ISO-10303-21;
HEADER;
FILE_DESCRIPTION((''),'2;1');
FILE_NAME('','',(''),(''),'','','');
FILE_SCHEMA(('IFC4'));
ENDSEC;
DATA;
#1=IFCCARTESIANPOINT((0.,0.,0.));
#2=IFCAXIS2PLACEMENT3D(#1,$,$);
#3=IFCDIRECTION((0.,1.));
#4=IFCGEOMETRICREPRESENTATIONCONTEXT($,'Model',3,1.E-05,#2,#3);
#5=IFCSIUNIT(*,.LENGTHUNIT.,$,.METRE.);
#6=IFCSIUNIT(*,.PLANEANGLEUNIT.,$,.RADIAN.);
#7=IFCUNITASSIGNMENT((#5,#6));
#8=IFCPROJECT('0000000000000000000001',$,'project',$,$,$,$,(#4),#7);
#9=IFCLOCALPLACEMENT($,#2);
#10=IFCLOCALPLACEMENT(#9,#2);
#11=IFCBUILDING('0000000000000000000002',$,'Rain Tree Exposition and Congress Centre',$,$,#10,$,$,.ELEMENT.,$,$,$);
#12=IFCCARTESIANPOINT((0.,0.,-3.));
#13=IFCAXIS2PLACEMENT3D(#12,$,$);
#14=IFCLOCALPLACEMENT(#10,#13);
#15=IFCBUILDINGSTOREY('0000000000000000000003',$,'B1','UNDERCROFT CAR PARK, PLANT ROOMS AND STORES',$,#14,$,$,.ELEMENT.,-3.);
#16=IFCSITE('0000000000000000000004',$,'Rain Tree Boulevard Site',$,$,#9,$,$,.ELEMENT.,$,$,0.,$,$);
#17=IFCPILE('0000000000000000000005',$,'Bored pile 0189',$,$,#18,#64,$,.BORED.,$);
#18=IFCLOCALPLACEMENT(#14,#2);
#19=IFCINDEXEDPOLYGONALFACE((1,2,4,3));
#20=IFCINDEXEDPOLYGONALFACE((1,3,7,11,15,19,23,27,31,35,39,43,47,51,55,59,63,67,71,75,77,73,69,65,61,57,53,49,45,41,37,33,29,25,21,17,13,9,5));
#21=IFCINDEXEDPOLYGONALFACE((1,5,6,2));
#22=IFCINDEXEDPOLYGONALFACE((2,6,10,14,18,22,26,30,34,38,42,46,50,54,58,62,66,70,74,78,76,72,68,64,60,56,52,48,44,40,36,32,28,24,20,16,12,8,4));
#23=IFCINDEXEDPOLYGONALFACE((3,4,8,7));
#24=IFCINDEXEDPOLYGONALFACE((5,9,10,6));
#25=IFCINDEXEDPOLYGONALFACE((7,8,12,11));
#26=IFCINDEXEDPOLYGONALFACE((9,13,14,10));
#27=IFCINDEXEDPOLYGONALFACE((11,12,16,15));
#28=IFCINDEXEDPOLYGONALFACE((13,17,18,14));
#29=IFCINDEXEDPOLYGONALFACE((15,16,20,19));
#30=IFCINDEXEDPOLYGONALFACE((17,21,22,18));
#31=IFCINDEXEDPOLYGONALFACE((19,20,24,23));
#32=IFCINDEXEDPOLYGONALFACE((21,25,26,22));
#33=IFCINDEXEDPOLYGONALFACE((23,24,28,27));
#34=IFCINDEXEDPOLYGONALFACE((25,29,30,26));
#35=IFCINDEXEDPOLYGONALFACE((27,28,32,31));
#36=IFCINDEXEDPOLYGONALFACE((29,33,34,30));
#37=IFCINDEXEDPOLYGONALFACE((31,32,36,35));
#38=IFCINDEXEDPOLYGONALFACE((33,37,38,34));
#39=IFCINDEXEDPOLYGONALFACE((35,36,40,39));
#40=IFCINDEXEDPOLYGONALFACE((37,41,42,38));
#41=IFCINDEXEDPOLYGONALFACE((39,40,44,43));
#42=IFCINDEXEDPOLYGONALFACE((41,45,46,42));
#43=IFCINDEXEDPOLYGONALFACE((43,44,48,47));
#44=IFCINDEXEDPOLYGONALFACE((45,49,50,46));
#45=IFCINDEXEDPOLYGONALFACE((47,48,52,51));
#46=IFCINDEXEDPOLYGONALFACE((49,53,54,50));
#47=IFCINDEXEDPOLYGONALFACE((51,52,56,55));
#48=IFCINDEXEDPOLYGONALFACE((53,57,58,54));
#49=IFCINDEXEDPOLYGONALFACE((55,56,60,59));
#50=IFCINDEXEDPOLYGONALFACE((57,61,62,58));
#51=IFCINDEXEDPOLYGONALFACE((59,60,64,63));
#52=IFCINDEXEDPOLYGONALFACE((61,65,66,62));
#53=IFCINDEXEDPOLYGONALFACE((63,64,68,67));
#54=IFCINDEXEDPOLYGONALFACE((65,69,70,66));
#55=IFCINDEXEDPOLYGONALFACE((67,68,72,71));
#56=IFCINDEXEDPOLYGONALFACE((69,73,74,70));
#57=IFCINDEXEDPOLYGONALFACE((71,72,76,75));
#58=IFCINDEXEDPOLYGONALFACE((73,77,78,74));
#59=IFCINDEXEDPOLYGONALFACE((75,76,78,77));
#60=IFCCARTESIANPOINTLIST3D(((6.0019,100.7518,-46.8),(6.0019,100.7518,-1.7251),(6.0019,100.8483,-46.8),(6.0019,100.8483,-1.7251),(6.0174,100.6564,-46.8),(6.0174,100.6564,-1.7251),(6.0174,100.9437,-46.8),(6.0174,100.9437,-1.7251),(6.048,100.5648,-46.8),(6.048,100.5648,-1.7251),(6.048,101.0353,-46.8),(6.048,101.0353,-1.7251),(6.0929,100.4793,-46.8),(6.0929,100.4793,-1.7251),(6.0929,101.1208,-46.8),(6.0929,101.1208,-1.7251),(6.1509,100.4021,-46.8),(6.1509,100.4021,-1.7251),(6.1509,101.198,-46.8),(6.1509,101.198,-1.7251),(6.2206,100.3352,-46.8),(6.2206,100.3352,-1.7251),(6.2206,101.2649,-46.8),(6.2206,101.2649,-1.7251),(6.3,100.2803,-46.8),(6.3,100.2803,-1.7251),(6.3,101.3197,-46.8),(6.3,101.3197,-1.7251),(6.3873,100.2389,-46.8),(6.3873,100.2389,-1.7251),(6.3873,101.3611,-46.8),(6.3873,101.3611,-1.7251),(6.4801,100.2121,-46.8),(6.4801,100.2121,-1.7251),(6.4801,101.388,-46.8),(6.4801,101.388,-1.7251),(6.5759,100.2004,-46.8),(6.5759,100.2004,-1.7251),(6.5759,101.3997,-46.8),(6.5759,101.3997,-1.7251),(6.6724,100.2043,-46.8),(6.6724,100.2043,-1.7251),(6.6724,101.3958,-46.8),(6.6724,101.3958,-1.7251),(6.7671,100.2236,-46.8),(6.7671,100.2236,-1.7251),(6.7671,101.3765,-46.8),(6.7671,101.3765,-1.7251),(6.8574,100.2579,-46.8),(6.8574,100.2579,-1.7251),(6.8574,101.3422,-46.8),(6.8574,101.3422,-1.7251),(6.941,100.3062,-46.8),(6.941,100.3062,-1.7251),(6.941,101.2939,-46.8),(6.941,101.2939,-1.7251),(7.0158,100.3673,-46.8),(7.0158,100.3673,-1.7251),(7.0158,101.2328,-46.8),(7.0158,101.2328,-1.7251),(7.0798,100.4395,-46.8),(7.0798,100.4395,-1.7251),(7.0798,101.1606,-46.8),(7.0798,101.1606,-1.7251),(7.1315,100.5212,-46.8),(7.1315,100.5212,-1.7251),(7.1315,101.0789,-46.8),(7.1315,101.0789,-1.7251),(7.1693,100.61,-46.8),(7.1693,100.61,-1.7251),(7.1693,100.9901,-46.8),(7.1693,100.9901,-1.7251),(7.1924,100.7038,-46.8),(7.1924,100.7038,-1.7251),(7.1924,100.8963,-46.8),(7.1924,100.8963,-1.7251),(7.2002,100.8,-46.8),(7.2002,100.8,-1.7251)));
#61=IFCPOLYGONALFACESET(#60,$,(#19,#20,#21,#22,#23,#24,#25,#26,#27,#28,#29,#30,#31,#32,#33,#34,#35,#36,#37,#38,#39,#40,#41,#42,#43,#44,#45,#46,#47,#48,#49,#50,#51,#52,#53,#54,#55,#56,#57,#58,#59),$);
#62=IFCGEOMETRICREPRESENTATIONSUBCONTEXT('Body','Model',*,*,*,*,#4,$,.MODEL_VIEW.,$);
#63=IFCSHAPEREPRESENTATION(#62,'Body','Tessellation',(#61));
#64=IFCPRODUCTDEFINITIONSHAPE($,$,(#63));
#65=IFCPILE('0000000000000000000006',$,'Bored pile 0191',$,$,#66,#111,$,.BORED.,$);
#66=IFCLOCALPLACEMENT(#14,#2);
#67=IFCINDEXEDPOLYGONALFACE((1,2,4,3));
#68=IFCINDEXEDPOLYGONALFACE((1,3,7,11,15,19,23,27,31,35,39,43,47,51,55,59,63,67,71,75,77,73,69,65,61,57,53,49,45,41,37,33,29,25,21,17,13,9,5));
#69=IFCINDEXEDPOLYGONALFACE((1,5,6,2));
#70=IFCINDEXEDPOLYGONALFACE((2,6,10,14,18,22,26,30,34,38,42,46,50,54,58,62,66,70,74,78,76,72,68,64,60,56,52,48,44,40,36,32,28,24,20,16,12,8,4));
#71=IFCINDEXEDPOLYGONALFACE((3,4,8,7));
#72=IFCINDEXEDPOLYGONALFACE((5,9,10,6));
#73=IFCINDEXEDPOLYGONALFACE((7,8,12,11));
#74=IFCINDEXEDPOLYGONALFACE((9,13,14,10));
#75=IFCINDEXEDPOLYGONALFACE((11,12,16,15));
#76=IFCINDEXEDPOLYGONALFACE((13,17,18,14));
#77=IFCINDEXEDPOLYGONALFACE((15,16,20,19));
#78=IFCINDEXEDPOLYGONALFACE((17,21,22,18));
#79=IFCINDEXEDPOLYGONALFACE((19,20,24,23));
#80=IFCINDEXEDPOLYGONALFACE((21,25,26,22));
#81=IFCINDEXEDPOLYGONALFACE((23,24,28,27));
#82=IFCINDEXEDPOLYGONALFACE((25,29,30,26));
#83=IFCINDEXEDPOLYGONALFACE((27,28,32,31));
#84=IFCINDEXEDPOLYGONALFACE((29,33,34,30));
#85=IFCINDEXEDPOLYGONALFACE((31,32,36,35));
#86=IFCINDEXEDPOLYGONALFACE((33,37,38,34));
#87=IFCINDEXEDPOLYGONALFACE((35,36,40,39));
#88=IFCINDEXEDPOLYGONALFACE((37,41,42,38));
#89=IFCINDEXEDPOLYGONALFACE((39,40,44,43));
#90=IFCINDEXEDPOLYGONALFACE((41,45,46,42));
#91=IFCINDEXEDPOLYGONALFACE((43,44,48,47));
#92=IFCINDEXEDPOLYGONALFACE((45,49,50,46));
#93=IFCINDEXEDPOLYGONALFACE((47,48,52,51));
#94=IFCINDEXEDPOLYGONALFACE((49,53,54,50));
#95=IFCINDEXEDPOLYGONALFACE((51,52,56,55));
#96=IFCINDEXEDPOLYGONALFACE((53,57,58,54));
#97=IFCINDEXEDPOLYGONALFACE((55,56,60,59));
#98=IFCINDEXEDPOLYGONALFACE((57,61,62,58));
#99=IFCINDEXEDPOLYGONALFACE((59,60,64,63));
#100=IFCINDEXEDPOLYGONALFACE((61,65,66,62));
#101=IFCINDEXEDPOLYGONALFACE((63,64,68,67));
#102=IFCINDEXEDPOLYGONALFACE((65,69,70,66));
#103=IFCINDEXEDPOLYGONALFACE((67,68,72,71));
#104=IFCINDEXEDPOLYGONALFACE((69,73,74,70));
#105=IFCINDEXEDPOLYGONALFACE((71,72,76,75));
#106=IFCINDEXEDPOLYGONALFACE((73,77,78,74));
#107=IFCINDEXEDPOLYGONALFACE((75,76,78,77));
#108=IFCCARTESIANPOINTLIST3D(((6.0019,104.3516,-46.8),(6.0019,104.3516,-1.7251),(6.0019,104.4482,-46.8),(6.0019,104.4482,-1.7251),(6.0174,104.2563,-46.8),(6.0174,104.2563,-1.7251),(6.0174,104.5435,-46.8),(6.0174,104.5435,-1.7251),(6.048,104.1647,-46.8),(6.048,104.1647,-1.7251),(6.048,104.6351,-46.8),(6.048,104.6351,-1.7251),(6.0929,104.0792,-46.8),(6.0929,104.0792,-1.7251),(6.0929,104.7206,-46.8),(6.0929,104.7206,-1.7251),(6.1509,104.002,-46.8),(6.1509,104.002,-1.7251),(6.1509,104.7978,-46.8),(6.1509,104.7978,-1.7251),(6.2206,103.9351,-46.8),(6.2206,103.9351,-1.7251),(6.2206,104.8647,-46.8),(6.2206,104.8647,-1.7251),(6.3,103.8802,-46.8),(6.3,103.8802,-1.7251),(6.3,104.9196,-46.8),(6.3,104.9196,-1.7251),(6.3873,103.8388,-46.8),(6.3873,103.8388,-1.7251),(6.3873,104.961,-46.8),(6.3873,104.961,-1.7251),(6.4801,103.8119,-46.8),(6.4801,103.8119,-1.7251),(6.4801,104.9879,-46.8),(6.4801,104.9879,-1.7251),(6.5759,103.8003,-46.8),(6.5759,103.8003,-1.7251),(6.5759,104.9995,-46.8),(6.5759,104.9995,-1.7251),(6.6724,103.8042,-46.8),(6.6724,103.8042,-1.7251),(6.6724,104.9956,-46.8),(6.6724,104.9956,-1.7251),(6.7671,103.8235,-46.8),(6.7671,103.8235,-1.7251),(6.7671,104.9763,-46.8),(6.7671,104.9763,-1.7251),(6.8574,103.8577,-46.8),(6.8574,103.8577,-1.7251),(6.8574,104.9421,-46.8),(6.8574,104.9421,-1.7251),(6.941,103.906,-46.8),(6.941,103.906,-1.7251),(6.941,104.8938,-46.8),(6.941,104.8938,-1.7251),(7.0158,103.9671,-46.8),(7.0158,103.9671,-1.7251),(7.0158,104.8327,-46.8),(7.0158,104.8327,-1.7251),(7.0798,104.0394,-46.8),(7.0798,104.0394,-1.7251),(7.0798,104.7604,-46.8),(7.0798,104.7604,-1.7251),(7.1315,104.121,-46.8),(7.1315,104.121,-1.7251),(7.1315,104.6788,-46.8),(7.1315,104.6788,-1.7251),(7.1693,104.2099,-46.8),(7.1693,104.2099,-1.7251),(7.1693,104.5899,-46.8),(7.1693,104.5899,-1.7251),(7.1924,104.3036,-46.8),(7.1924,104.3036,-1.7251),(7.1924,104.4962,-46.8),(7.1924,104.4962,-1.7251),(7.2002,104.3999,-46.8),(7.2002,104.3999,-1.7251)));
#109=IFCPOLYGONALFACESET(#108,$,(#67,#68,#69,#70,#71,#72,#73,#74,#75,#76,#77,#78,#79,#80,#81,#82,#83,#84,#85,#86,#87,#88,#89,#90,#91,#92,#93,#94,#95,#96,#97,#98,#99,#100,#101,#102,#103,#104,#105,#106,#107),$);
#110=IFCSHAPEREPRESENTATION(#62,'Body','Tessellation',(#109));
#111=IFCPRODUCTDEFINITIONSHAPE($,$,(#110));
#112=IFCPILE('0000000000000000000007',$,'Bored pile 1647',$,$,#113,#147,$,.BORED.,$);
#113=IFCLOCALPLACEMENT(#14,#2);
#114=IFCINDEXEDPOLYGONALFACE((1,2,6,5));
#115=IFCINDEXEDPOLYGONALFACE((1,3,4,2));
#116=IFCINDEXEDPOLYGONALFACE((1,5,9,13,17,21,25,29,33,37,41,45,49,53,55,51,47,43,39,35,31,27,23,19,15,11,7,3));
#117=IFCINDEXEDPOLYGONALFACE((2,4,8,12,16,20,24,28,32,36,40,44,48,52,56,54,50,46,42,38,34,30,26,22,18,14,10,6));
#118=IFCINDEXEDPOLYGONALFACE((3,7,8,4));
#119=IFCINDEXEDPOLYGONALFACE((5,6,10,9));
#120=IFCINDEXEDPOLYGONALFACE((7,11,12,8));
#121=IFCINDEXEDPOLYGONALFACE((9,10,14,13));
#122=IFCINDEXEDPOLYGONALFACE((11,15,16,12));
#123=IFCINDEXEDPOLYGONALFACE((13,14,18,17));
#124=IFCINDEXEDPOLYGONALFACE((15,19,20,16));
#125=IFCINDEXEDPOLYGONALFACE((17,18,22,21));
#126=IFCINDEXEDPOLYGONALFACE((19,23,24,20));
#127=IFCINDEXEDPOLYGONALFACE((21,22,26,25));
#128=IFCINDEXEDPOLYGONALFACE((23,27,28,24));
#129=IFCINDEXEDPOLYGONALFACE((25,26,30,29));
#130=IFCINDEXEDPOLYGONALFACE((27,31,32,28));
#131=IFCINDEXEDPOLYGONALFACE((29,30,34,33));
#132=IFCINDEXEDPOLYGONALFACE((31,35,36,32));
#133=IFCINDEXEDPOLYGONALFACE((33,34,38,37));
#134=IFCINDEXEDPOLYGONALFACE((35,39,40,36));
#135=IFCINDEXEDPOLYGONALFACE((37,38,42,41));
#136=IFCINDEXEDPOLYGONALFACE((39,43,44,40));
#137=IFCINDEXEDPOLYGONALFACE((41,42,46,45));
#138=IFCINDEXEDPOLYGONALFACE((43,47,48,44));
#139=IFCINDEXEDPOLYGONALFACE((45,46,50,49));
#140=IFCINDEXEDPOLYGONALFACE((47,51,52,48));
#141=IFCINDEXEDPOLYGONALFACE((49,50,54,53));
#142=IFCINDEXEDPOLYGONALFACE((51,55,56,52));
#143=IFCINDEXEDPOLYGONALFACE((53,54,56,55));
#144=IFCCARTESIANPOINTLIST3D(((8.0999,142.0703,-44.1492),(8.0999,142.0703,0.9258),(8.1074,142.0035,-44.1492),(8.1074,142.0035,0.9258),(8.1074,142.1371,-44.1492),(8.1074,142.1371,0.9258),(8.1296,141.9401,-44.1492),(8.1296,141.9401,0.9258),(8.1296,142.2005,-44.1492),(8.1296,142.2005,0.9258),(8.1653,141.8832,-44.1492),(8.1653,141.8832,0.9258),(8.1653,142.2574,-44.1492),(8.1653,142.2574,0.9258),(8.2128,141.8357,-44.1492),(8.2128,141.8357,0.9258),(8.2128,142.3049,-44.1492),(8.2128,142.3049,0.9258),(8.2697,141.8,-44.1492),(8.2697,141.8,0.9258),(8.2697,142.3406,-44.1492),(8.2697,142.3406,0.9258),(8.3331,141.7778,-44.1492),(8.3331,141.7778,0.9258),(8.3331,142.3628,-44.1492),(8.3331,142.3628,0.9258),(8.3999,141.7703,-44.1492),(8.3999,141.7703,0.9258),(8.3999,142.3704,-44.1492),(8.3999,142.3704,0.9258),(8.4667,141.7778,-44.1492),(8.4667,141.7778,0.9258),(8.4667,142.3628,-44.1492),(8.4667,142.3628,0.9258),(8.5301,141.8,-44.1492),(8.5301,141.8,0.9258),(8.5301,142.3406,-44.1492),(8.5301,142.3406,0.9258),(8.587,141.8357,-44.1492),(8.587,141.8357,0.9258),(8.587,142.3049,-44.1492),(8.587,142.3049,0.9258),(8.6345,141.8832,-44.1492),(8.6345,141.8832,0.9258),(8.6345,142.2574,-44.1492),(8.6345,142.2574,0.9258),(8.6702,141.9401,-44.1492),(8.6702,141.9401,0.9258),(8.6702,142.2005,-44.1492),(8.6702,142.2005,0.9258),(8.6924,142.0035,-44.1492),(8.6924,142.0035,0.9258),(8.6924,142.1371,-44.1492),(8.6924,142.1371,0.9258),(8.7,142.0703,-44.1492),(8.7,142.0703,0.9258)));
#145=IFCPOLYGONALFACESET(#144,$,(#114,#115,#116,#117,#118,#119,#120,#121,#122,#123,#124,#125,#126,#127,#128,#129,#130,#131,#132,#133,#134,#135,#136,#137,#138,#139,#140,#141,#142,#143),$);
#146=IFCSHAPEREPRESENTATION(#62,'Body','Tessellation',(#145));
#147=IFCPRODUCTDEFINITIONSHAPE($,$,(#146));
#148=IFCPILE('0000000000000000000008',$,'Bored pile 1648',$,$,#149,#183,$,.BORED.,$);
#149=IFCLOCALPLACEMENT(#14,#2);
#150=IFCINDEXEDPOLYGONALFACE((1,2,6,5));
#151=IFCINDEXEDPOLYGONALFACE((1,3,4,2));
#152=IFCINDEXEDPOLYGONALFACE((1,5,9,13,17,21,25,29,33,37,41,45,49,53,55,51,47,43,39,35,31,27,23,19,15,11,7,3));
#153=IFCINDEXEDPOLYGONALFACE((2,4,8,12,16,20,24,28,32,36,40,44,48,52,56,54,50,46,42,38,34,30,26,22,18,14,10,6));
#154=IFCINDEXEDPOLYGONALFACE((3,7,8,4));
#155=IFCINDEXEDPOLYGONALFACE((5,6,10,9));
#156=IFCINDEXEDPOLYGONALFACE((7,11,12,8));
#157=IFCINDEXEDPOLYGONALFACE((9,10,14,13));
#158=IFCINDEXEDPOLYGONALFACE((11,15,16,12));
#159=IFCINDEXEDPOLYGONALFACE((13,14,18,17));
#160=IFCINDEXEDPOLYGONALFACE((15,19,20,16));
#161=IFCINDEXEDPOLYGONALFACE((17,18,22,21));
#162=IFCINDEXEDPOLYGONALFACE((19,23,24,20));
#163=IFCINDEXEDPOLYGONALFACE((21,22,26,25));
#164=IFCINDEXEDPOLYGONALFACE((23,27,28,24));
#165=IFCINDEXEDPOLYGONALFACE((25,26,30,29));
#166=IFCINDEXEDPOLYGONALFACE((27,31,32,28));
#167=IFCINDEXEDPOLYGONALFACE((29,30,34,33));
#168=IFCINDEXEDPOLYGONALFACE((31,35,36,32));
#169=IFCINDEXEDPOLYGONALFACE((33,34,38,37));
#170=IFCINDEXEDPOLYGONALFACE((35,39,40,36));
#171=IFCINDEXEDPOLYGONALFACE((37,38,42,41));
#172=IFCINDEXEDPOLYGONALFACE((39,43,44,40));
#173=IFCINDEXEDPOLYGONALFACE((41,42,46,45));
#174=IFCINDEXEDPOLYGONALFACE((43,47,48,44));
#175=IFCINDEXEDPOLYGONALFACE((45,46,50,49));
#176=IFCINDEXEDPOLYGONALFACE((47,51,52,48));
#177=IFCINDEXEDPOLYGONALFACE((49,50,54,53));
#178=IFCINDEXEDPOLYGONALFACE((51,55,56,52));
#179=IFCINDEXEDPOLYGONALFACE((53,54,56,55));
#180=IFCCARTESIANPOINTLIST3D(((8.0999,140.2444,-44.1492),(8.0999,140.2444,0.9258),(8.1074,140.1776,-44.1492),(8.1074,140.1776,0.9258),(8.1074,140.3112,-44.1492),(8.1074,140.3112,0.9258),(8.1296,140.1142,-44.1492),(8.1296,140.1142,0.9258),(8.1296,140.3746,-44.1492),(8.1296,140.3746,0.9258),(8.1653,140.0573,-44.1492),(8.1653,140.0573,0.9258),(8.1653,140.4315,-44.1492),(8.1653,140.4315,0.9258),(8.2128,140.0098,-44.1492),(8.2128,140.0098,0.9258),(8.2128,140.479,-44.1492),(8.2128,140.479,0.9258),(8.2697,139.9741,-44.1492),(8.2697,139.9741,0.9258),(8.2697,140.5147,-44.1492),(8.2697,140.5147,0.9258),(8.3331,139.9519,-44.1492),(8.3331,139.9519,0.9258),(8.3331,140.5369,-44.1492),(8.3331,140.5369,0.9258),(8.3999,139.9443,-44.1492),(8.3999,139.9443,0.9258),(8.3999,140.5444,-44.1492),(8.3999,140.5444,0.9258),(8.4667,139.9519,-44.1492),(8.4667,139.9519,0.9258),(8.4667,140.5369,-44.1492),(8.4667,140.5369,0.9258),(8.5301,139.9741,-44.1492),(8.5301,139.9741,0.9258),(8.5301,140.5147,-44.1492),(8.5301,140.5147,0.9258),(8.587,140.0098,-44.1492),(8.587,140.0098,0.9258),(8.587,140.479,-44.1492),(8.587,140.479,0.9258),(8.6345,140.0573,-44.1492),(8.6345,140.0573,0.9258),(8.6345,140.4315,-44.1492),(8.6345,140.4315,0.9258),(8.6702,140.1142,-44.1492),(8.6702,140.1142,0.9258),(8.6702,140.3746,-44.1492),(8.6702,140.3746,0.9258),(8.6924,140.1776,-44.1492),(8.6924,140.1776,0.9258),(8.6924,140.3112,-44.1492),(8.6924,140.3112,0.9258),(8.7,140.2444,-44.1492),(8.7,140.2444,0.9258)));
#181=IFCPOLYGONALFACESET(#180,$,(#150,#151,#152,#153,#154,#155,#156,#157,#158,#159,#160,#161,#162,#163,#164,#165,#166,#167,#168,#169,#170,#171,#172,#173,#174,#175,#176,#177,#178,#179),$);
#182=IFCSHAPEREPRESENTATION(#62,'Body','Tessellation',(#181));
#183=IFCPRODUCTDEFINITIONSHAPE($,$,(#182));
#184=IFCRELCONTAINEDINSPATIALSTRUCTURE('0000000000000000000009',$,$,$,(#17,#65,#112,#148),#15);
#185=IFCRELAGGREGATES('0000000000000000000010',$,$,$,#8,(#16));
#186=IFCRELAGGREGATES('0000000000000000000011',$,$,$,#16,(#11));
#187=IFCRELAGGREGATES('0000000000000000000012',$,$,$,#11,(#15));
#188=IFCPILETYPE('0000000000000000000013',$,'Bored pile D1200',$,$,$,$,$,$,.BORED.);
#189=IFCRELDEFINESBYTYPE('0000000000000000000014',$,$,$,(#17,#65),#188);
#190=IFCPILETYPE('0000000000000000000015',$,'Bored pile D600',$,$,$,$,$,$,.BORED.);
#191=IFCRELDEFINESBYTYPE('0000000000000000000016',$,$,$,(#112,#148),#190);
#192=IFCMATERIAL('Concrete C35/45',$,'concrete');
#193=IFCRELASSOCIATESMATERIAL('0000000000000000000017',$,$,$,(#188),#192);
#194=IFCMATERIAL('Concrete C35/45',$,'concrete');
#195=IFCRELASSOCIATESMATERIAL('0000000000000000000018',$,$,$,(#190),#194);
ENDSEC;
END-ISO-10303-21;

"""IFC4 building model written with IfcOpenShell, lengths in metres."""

from ifc_helpers import new_model, si_unit, direction, frame, origin, origin_2d, place, context, subcontext, project, spatial, circle, extrude, material, material_profile, profile_set, type_object, element, save


model = new_model("IFC4")

# Units and contexts
model_context = context("Model", 3, precision=1e-05, world=origin(), true_north=direction((0.0, 1.0)))
body_context = subcontext(model_context, "Body", "Model", "MODEL_VIEW")
ifc_project = project(units=[si_unit("LENGTHUNIT", "METRE"), si_unit("PLANEANGLEUNIT", "RADIAN")], contexts=[model_context])

# Site, building, storey
site_placement = place(None, origin())
site = spatial("IfcSite", under=ifc_project, at=site_placement, Name="Rain Tree Boulevard Site", CompositionType="ELEMENT", RefElevation=0.0)
building_placement = place(site_placement, origin())
building = spatial("IfcBuilding", under=site, at=building_placement, Name="Rain Tree Exposition and Congress Centre", CompositionType="ELEMENT")
storey_placement = place(building_placement, frame((0.0, 0.0, -3.0)))
storey = spatial("IfcBuildingStorey", under=building, at=storey_placement, Name="B1", Description="UNDERCROFT CAR PARK, PLANT ROOMS AND STORES", CompositionType="ELEMENT", Elevation=-3.0)

# Piles
ifc_material_1 = material(Name="Concrete C35/45", Category="concrete")
ifc_material_profile_1 = material_profile(ifc_material_1, circle(Radius=0.6001, at=origin_2d()), Name="D1200")
ifc_profile_set_1 = profile_set([ifc_material_profile_1], Name="Concrete C35/45")
pile_type_1 = type_object("IfcPileType", Name="Bored pile D1200", PredefinedType="BORED", material=ifc_profile_set_1)
for number, where, z_axis, x_axis, name in (
    (1, (6.6001, 100.8, -1.7251), (0.0, 0.0, -1.0), (1.0, 0.0, 0.0), "Bored pile 0189"),
    (2, (6.6001, 104.3999, -1.7251), (0.0, 0.0, -1.0), (1.0, 0.0, 0.0), "Bored pile 0191"),
):
    element("IfcPile", number, at=place(storey_placement, frame(where, z_axis=z_axis, x_axis=x_axis)), inside=storey, type_object=pile_type_1, Name=name, PredefinedType="BORED", context=body_context, shape_type="SweptSolid", body=[
        extrude(circle(Radius=0.6001, at=origin_2d()), origin(), (0.0, 0.0, 1.0), 45.075),
    ])
ifc_material_2 = material(Name="Concrete C35/45", Category="concrete")
ifc_material_profile_2 = material_profile(ifc_material_2, circle(Radius=0.3, at=origin_2d()), Name="D600")
ifc_profile_set_2 = profile_set([ifc_material_profile_2], Name="Concrete C35/45")
pile_type_2 = type_object("IfcPileType", Name="Bored pile D600", PredefinedType="BORED", material=ifc_profile_set_2)
for number, where, z_axis, x_axis, name in (
    (3, (8.3999, 142.0703, 0.9258), (0.0, 0.0, -1.0), (1.0, 0.0, 0.0), "Bored pile 1647"),
    (4, (8.3999, 140.2444, 0.9258), (0.0, 0.0, -1.0), (1.0, 0.0, 0.0), "Bored pile 1648"),
):
    element("IfcPile", number, at=place(storey_placement, frame(where, z_axis=z_axis, x_axis=x_axis)), inside=storey, type_object=pile_type_2, Name=name, PredefinedType="BORED", context=body_context, shape_type="SweptSolid", body=[
        extrude(circle(Radius=0.3, at=origin_2d()), origin(), (0.0, 0.0, 1.0), 45.075),
    ])

save(model, "model.ifc")
